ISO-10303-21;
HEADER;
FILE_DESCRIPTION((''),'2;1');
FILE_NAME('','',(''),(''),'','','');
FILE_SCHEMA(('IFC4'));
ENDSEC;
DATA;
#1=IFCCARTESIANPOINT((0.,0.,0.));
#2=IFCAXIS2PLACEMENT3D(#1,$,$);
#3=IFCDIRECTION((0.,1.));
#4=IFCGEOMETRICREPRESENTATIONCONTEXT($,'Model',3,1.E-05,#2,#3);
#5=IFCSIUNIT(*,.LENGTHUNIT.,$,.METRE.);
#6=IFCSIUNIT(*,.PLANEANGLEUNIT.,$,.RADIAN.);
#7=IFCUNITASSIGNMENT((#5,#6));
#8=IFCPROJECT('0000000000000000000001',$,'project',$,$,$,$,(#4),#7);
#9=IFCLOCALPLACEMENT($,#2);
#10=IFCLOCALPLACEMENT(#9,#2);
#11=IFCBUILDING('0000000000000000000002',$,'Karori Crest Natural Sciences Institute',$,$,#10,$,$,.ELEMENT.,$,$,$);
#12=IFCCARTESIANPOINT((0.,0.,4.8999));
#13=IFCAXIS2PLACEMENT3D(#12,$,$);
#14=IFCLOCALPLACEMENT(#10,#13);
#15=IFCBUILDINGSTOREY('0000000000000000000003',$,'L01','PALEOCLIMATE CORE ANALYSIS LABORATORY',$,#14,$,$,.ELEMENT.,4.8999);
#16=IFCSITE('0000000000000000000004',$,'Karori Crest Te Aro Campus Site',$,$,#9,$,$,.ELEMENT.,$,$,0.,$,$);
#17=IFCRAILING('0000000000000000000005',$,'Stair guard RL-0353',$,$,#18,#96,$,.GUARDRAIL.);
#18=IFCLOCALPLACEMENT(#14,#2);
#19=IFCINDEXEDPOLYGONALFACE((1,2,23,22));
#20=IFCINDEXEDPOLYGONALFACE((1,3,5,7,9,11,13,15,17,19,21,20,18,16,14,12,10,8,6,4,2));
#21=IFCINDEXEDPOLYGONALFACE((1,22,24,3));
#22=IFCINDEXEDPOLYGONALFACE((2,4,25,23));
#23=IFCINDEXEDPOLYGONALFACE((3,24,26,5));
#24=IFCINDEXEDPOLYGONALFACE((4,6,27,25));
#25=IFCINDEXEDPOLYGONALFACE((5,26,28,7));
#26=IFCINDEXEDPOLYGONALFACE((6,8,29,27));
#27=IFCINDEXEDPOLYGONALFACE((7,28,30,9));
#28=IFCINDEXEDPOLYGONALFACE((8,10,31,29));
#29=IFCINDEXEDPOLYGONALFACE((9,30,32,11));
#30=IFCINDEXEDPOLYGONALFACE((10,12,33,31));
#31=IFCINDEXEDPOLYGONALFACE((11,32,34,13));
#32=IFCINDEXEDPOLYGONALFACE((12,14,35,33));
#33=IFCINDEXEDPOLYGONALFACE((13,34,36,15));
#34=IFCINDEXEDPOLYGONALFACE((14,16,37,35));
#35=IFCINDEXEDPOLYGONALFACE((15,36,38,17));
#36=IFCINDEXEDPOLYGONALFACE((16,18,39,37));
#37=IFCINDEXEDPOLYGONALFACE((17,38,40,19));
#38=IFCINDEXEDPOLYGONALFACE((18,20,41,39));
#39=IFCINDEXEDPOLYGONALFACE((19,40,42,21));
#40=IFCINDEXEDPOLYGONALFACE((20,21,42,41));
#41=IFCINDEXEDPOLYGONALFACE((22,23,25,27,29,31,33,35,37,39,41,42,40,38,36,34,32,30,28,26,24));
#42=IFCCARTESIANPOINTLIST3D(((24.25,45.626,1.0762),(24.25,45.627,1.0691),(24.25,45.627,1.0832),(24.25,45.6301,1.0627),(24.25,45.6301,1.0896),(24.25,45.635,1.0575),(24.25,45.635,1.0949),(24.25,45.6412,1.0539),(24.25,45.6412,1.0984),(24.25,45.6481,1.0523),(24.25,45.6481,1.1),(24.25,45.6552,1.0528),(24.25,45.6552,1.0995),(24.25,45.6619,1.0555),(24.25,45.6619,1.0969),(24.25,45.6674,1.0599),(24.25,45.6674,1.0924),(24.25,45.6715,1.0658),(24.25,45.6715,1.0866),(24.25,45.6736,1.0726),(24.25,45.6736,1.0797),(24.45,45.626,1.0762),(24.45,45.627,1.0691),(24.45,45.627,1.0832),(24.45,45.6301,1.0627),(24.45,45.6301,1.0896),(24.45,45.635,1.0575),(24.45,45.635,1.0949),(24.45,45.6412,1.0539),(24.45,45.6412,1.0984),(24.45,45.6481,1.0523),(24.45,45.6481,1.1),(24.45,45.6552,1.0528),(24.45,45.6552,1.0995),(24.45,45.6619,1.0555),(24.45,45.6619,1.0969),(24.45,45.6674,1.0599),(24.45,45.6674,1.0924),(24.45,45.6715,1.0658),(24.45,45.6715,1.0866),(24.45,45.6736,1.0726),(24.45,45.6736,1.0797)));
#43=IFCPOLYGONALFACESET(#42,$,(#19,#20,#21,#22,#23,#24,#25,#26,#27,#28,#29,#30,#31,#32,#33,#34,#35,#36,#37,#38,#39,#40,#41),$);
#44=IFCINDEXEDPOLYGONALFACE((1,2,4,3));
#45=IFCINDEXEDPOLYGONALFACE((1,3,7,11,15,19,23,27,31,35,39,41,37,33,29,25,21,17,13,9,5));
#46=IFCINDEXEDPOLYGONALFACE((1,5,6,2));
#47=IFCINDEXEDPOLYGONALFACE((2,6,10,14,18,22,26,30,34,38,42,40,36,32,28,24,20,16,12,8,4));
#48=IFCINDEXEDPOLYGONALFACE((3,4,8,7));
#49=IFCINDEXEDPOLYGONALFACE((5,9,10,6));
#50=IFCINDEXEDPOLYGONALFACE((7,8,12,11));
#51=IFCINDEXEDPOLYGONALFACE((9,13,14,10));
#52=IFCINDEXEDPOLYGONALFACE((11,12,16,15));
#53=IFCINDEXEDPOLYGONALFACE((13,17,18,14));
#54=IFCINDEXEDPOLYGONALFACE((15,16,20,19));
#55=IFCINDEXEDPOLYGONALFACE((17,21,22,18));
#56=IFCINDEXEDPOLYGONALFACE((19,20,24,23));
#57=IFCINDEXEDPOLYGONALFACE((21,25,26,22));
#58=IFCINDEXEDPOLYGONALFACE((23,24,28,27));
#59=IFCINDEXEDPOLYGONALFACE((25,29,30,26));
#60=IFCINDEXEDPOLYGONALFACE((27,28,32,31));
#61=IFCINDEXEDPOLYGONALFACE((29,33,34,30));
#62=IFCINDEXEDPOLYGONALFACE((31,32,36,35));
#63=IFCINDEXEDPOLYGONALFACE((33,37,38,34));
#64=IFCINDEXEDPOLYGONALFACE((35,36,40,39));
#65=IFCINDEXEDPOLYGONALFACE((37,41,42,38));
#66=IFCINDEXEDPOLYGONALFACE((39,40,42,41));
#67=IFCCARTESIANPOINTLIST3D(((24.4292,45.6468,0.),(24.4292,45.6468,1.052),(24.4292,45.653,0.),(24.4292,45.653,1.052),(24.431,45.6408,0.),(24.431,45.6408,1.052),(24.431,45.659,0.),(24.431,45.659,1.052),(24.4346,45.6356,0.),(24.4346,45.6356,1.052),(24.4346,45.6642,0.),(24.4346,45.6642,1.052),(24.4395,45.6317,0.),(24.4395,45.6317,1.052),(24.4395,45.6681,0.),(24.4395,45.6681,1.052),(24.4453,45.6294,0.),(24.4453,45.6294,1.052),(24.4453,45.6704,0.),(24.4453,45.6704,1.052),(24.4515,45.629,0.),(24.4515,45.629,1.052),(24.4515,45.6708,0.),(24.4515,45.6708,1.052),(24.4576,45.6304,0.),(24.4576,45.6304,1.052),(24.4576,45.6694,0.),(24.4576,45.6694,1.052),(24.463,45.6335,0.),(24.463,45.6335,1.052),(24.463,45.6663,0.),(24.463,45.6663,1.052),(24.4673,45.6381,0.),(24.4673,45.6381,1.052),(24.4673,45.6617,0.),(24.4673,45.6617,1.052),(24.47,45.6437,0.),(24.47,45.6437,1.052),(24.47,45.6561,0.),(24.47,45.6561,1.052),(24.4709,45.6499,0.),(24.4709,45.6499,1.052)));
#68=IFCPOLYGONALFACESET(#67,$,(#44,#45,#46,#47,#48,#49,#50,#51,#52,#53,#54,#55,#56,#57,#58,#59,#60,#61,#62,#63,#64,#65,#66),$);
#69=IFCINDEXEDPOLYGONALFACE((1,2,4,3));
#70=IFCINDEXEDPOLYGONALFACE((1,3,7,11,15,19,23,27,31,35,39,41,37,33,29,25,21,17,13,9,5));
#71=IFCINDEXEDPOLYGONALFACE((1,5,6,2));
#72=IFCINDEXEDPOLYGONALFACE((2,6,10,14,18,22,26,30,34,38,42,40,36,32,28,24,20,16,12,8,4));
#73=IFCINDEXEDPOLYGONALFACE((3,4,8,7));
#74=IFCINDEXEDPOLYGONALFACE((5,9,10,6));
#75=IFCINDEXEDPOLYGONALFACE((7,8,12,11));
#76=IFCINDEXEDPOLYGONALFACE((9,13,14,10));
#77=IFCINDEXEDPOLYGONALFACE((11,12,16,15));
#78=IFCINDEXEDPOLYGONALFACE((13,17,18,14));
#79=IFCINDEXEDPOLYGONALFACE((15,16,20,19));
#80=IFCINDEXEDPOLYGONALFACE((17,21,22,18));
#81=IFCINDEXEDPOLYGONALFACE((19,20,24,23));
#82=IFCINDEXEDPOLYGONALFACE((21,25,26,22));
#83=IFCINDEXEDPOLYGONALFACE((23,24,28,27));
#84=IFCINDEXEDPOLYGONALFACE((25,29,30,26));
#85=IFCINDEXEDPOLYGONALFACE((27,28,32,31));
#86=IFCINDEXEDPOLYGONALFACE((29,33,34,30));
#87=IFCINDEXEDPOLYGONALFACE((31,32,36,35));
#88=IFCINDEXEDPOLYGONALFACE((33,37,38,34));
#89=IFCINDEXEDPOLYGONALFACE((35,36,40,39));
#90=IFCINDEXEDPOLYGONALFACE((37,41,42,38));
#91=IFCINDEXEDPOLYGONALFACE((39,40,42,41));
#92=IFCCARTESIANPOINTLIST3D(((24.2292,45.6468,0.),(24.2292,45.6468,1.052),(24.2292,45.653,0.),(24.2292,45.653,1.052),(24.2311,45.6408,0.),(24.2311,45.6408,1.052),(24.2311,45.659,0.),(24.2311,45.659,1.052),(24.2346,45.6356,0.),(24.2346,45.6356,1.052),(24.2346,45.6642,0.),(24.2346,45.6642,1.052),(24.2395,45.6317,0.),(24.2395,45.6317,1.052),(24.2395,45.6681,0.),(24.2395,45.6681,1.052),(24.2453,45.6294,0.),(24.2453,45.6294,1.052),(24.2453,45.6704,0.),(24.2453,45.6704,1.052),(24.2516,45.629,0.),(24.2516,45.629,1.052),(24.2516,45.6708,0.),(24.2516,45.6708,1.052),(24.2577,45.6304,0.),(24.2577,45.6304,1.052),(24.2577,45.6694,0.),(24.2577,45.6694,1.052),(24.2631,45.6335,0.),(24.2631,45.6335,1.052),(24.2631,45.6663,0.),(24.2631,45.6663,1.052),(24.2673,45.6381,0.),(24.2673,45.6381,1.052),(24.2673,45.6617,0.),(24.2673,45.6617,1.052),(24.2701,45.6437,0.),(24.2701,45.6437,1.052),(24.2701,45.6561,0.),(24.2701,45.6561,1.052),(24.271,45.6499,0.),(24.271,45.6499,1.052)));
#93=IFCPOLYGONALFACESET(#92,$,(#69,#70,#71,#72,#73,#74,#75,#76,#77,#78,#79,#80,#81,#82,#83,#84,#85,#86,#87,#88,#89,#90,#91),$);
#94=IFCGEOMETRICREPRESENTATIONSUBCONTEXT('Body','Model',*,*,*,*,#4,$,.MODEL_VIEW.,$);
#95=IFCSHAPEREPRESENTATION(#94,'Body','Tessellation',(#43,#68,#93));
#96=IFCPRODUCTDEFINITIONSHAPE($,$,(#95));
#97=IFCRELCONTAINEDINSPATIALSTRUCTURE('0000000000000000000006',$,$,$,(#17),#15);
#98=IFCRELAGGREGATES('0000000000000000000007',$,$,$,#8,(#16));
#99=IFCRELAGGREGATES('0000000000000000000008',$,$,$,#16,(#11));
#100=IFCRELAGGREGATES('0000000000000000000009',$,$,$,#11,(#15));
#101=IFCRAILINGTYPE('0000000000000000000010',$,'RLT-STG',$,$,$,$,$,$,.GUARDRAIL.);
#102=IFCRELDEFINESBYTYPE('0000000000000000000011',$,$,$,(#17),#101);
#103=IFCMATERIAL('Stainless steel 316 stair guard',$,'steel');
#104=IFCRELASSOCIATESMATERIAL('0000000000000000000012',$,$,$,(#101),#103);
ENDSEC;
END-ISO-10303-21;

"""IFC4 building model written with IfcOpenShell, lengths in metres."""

from ifc_helpers import new_model, si_unit, direction, frame, origin, origin_2d, place, context, subcontext, project, spatial, circle, extrude, material, type_object, element, save


model = new_model("IFC4")

# Units and contexts
model_context = context("Model", 3, precision=1e-05, world=origin(), true_north=direction((0.0, 1.0)))
body_context = subcontext(model_context, "Body", "Model", "MODEL_VIEW")
ifc_project = project(units=[si_unit("LENGTHUNIT", "METRE"), si_unit("PLANEANGLEUNIT", "RADIAN")], contexts=[model_context])

# Site, building, storey
site_placement = place(None, origin())
site = spatial("IfcSite", under=ifc_project, at=site_placement, Name="Karori Crest Te Aro Campus Site", CompositionType="ELEMENT", RefElevation=0.0)
building_placement = place(site_placement, origin())
building = spatial("IfcBuilding", under=site, at=building_placement, Name="Karori Crest Natural Sciences Institute", CompositionType="ELEMENT")
storey_placement = place(building_placement, frame((0.0, 0.0, 4.8999)))
storey = spatial("IfcBuildingStorey", under=building, at=storey_placement, Name="L01", Description="PALEOCLIMATE CORE ANALYSIS LABORATORY", CompositionType="ELEMENT", Elevation=4.8999)

# Railing
ifc_material_1 = material(Name="Stainless steel 316 stair guard", Category="steel")
railing_type_1 = type_object("IfcRailingType", Name="RLT-STG", PredefinedType="GUARDRAIL", material=ifc_material_1)
railing_1_placement = place(storey_placement, frame((24.45, 45.6499, 0.0)))
element("IfcRailing", 1, at=railing_1_placement, inside=storey, type_object=railing_type_1, Name="Stair guard RL-0353", PredefinedType="GUARDRAIL", context=body_context, shape_type="SweptSolid", body=[
    extrude(circle(Radius=0.0239, at=origin_2d()), frame((0.0, 0.0, 1.0762), z_axis=(-1.0, 0.0, 0.0), x_axis=(0.0, -1.0, 0.0)), (0.0, 0.0, 1.0), 0.2),
    extrude(circle(Radius=0.021, at=origin_2d()), origin(), (0.0, 0.0, 1.0), 1.052),
    extrude(circle(Radius=0.021, at=origin_2d()), frame((-0.2, 0.0, 0.0)), (0.0, 0.0, 1.0), 1.052),
])

save(model, "model.ifc")
